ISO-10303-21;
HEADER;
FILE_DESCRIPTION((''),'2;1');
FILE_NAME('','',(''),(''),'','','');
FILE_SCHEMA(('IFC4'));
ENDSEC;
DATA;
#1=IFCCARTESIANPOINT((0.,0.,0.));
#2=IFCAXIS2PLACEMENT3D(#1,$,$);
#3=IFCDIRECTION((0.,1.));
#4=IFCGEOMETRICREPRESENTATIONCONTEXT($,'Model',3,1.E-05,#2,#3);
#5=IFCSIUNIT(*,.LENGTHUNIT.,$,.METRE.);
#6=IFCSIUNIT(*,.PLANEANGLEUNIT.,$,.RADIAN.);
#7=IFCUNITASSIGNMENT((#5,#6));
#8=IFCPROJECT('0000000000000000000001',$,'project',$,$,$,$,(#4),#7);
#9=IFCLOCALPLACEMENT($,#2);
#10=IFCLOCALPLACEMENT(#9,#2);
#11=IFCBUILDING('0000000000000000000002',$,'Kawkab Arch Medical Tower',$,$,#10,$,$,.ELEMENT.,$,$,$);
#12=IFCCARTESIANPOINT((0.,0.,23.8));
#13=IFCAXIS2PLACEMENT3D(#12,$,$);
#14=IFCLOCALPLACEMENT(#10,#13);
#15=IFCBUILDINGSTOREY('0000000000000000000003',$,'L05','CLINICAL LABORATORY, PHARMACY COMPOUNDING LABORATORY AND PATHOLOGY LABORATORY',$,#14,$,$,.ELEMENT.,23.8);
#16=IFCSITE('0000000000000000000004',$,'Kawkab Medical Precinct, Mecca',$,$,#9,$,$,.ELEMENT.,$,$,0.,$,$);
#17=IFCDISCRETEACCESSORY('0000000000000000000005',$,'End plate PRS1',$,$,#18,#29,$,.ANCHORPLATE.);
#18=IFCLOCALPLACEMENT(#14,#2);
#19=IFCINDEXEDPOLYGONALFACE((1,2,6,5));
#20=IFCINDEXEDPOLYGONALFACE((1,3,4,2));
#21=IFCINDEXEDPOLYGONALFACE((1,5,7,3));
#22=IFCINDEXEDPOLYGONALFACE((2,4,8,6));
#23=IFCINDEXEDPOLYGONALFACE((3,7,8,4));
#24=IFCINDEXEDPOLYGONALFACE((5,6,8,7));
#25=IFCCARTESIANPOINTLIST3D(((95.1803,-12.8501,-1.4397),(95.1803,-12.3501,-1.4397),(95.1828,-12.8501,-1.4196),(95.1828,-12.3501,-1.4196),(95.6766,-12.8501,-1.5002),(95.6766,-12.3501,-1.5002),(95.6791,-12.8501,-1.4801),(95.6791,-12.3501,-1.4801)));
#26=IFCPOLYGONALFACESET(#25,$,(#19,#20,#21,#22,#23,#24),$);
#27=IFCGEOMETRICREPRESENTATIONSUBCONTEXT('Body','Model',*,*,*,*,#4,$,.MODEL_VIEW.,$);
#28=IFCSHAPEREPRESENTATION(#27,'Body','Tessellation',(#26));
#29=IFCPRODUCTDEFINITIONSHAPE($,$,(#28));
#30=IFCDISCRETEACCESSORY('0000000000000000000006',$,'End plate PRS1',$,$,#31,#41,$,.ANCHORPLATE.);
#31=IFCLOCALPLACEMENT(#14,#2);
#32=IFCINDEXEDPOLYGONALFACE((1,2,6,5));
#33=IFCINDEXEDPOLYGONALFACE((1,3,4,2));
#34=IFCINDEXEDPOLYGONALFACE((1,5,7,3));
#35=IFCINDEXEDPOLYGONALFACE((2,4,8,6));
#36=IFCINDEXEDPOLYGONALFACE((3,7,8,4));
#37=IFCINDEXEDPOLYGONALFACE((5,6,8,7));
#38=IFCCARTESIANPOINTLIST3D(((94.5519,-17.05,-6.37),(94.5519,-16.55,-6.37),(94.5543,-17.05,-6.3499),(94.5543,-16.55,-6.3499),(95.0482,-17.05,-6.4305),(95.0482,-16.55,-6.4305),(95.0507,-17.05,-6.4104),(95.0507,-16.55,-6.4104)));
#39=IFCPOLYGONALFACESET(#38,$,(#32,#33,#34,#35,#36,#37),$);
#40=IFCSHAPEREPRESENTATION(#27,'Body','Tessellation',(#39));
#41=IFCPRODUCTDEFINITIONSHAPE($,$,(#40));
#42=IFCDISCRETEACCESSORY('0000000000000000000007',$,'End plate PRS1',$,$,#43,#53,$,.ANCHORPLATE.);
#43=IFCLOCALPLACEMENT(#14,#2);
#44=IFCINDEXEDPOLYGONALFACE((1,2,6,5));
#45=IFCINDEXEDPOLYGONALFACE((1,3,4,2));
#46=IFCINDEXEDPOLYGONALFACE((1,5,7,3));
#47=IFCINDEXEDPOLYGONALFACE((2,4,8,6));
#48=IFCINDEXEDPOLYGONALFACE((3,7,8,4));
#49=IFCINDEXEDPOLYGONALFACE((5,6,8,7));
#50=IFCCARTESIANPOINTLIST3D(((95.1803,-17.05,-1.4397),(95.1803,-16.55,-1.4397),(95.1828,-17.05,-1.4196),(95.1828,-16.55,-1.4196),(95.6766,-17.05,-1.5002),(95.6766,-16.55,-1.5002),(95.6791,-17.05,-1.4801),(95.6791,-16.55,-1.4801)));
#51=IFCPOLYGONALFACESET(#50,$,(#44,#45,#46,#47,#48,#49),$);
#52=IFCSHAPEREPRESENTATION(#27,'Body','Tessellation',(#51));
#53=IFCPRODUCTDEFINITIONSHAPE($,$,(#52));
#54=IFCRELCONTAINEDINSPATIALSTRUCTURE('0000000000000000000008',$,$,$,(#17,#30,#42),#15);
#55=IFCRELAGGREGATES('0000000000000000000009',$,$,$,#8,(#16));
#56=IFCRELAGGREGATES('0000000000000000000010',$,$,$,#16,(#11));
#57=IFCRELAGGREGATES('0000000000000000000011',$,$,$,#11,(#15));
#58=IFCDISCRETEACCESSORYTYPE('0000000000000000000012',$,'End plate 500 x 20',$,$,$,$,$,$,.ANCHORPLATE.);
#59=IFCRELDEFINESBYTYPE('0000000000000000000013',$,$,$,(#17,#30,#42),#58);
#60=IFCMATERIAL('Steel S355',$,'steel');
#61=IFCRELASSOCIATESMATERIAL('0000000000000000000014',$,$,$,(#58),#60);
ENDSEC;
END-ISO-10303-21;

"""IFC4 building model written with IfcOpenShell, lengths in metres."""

from ifc_helpers import new_model, si_unit, direction, frame, origin, origin_2d, place, context, subcontext, project, spatial, rectangle, extrude, material, material_profile, profile_set, type_object, element, save


model = new_model("IFC4")

# Units and contexts
model_context = context("Model", 3, precision=1e-05, world=origin(), true_north=direction((0.0, 1.0)))
body_context = subcontext(model_context, "Body", "Model", "MODEL_VIEW")
ifc_project = project(units=[si_unit("LENGTHUNIT", "METRE"), si_unit("PLANEANGLEUNIT", "RADIAN")], contexts=[model_context])

# Site, building, storey
site_placement = place(None, origin())
site = spatial("IfcSite", under=ifc_project, at=site_placement, Name="Kawkab Medical Precinct, Mecca", CompositionType="ELEMENT", RefElevation=0.0)
building_placement = place(site_placement, origin())
building = spatial("IfcBuilding", under=site, at=building_placement, Name="Kawkab Arch Medical Tower", CompositionType="ELEMENT")
storey_placement = place(building_placement, frame((0.0, 0.0, 23.8)))
storey = spatial("IfcBuildingStorey", under=building, at=storey_placement, Name="L05", Description="CLINICAL LABORATORY, PHARMACY COMPOUNDING LABORATORY AND PATHOLOGY LABORATORY", CompositionType="ELEMENT", Elevation=23.8)

# Discrete accessories
ifc_material_1 = material(Name="Steel S355", Category="steel")
ifc_material_profile_1 = material_profile(ifc_material_1, rectangle(XDim=0.5, YDim=0.5, at=origin_2d()), Name="End plate 500 x 20")
ifc_profile_set_1 = profile_set([ifc_material_profile_1], Name="Steel S355")
discrete_accessory_type = type_object("IfcDiscreteAccessoryType", Name="End plate 500 x 20", PredefinedType="ANCHORPLATE", material=ifc_profile_set_1)
for number, where, z_axis, x_axis, name in (
    (1, (95.4285, -12.6001, -1.47), (0.121054, 0.0, 0.992646), (0.0, 1.0, 0.0), "End plate PRS1"),
    (2, (94.8025, -16.8, -6.3801), (-0.121054, 0.0, -0.992646), (0.0, -1.0, 0.0), "End plate PRS1"),
    (3, (95.4285, -16.8, -1.47), (0.121054, 0.0, 0.992646), (0.0, 1.0, 0.0), "End plate PRS1"),
):
    element("IfcDiscreteAccessory", number, at=place(storey_placement, frame(where, z_axis=z_axis, x_axis=x_axis)), inside=storey, type_object=discrete_accessory_type, Name=name, PredefinedType="ANCHORPLATE", context=body_context, shape_type="SweptSolid", body=[
        extrude(rectangle(XDim=0.5, YDim=0.5, at=origin_2d()), origin(), (0.0, 0.0, 1.0), 0.0203),
    ])

save(model, "model.ifc")
